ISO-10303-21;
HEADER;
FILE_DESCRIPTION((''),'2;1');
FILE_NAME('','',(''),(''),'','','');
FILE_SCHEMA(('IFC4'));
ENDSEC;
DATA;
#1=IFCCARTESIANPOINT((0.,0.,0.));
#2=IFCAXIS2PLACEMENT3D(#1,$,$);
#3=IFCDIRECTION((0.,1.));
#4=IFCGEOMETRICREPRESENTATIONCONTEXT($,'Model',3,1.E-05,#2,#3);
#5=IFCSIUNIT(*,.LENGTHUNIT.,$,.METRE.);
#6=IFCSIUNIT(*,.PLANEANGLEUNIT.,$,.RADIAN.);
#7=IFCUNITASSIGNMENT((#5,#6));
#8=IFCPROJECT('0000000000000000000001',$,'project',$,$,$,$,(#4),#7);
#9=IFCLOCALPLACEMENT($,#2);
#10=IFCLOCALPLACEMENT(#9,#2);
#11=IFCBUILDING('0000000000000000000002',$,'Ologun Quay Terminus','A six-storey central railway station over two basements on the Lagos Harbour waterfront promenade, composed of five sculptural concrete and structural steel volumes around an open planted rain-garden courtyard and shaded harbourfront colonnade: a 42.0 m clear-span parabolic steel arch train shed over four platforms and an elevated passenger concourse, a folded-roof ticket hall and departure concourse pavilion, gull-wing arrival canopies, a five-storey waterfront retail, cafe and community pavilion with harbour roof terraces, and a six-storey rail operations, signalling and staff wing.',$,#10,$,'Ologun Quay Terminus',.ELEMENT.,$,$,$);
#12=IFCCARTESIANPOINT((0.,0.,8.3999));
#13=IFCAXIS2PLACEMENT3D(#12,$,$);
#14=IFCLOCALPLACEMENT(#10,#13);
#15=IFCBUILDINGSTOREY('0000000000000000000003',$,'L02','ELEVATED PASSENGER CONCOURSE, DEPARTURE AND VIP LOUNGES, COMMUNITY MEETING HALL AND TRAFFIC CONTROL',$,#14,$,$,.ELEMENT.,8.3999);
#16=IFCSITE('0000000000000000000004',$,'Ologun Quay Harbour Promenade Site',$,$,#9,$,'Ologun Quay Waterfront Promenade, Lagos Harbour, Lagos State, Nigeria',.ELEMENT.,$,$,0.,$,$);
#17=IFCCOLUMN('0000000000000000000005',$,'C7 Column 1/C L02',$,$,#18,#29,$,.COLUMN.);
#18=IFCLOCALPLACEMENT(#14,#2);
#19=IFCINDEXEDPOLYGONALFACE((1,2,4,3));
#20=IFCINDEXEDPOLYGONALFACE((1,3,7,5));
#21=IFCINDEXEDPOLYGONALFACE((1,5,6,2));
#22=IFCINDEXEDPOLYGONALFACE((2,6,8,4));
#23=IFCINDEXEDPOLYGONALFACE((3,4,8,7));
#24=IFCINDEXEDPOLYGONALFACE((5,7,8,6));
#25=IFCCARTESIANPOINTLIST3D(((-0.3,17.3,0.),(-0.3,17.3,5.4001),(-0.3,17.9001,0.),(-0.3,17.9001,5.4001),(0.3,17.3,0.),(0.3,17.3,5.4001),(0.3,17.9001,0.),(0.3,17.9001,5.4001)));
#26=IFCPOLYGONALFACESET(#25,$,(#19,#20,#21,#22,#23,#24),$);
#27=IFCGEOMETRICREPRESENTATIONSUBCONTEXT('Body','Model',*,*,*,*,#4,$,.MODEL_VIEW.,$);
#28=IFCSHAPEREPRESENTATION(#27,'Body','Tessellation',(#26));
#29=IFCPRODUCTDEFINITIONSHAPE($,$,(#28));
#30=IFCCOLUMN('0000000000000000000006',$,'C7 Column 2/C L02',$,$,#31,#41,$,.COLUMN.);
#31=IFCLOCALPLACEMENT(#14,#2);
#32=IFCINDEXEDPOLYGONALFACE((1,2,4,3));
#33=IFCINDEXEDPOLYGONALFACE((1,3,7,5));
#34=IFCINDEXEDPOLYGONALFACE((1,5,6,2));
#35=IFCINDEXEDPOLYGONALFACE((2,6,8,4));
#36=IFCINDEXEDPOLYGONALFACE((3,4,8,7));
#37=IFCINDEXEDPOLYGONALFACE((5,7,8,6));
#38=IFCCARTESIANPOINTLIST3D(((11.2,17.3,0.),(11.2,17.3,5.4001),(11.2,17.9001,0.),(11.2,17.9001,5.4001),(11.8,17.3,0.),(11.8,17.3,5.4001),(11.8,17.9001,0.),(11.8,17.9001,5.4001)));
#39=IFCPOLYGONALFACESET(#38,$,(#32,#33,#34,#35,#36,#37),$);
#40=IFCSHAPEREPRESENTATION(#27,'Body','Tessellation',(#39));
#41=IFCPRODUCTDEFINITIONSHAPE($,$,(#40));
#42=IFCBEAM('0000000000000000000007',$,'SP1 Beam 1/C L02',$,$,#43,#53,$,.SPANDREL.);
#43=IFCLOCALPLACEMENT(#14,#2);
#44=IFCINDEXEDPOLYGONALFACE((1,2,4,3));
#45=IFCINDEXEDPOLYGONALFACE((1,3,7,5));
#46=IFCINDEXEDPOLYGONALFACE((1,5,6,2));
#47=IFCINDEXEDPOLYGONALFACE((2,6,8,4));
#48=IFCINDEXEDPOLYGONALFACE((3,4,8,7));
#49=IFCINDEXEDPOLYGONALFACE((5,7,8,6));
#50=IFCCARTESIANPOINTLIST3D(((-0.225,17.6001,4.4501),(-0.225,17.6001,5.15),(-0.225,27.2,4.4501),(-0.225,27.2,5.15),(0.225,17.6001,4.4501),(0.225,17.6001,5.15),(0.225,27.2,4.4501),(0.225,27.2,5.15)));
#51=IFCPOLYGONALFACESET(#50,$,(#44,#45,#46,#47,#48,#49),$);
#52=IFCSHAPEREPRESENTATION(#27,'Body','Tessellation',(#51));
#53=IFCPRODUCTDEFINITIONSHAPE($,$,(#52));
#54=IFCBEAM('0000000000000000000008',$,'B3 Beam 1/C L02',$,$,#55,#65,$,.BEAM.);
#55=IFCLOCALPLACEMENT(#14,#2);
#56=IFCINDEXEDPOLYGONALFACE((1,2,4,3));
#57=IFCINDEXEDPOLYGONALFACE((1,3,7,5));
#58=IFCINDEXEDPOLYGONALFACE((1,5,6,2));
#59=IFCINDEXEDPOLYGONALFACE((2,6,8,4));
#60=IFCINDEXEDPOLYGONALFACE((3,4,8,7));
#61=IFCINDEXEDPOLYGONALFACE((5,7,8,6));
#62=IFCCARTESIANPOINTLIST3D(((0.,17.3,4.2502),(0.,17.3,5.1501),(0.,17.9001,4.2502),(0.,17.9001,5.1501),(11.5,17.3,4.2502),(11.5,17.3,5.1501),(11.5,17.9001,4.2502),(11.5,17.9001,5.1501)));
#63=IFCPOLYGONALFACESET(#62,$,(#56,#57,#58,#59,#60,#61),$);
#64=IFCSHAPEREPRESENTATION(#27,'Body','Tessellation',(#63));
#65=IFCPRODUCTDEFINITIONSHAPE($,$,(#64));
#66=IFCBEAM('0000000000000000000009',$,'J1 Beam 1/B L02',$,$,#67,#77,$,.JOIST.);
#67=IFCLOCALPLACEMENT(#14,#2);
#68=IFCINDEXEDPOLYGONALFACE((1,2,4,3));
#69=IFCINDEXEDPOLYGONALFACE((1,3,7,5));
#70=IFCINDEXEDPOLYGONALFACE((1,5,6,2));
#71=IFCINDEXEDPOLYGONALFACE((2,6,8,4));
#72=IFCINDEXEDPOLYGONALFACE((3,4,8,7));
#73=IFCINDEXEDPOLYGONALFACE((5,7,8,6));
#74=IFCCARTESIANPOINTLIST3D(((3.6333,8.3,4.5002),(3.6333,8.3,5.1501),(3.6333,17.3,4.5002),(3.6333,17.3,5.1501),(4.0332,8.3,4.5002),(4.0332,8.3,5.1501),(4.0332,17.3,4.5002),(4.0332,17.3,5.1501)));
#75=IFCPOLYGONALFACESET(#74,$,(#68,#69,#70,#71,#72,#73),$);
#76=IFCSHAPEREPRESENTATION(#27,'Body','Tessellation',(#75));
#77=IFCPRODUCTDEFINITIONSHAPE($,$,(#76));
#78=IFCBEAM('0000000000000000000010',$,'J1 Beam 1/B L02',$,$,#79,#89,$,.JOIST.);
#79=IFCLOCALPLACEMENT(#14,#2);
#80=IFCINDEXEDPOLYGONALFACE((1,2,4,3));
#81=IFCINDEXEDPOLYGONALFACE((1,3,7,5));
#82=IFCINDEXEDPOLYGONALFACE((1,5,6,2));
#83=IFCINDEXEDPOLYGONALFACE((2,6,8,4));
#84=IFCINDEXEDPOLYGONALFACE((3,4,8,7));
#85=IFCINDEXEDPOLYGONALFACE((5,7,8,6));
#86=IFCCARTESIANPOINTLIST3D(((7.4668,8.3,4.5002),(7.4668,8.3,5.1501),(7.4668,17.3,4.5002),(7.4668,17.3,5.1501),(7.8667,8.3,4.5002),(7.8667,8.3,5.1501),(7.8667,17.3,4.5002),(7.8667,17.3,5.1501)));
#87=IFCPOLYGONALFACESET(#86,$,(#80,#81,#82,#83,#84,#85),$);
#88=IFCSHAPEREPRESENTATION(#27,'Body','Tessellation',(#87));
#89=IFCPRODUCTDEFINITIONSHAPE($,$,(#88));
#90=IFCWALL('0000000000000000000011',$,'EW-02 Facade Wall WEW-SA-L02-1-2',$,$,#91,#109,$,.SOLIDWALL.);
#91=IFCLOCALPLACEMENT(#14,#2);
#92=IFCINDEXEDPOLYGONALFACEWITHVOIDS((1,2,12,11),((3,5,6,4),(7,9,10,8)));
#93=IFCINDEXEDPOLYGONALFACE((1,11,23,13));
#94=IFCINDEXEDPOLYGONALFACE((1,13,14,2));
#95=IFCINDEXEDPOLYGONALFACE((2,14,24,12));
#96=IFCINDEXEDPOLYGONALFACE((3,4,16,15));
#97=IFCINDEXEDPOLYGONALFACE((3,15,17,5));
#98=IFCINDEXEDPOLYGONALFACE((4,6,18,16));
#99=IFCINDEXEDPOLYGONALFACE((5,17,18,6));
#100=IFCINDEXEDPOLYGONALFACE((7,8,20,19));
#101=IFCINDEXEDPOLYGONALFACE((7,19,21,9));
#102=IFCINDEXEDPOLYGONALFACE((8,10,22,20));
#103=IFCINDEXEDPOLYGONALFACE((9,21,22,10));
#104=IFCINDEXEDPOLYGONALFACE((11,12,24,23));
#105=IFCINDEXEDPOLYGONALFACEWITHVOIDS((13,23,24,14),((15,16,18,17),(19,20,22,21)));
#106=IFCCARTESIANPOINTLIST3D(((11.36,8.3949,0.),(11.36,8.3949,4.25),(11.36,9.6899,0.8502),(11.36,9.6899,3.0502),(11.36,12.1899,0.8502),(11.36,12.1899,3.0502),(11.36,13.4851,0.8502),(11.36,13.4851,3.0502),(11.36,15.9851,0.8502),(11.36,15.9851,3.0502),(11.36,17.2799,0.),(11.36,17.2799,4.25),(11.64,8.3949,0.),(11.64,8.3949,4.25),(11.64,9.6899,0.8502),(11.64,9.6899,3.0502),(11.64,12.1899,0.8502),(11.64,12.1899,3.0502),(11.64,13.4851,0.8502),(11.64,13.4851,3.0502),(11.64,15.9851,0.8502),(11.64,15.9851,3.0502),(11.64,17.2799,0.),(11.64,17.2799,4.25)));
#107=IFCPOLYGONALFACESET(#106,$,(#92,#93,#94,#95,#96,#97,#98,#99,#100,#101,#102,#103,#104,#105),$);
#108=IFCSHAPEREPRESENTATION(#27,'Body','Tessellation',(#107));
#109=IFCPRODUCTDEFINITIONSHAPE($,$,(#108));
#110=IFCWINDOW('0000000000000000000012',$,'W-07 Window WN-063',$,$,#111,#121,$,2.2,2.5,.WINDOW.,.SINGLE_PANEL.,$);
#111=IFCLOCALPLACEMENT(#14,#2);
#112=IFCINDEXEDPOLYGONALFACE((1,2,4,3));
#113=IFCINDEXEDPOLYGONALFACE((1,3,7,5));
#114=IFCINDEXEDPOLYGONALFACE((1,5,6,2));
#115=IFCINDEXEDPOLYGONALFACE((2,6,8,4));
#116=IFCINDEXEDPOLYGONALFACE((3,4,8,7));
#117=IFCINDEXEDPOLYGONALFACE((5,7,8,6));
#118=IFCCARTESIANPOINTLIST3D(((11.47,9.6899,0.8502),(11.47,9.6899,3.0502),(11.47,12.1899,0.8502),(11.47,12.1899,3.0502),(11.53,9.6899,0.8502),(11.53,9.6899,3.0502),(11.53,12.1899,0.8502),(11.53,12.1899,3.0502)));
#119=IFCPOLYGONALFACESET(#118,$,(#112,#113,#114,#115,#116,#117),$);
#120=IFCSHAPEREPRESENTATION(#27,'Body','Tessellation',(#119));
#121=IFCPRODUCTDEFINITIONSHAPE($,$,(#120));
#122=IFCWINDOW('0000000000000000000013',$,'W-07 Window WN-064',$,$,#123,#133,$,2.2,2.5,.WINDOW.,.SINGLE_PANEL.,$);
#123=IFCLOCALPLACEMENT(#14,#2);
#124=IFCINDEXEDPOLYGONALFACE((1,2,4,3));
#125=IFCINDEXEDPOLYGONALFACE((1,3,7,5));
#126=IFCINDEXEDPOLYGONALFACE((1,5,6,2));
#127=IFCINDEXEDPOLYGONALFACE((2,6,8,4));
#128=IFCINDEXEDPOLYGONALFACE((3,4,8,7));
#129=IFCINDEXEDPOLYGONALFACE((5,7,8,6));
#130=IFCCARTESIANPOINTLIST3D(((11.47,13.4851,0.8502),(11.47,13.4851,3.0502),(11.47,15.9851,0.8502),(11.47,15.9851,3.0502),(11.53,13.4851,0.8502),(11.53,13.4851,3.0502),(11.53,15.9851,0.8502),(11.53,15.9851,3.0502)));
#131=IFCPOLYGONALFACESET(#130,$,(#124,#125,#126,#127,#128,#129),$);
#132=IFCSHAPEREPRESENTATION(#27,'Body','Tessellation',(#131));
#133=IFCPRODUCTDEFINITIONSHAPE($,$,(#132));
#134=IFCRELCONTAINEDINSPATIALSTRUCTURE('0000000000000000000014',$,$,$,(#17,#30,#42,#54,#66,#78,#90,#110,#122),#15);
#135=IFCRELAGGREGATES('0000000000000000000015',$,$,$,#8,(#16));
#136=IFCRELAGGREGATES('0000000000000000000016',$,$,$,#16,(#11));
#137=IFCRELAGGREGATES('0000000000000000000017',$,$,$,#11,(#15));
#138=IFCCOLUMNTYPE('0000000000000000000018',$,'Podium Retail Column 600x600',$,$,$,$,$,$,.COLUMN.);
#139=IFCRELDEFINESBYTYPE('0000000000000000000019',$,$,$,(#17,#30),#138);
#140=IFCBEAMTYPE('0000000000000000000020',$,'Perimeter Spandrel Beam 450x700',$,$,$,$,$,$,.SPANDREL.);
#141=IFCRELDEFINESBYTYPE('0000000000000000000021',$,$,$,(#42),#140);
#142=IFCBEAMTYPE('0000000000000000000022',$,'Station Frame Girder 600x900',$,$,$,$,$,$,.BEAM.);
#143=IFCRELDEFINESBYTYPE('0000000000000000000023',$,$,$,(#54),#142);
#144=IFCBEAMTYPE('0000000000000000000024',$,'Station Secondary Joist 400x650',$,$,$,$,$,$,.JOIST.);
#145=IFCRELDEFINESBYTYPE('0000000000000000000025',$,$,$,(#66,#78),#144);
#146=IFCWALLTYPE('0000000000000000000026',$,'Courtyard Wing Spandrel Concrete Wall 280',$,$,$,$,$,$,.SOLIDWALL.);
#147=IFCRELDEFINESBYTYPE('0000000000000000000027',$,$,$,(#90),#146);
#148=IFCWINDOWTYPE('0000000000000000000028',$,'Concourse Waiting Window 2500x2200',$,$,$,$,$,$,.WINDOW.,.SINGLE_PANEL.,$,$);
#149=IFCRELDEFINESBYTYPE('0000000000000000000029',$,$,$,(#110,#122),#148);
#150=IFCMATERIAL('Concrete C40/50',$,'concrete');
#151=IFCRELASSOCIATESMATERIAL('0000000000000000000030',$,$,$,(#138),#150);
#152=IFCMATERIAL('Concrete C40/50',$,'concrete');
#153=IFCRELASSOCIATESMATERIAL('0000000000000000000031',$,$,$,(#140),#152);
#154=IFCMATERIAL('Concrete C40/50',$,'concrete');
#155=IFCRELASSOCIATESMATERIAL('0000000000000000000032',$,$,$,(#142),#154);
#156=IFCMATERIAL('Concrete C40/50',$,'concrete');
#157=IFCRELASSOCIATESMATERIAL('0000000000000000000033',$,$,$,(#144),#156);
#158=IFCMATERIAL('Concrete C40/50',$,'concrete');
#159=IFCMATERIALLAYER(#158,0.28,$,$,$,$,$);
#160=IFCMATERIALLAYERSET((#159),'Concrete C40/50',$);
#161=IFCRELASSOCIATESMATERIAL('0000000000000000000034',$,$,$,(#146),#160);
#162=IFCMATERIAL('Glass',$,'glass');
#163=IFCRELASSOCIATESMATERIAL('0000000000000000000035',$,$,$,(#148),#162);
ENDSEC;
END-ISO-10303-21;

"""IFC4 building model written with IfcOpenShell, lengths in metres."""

from ifc_helpers import new_model, si_unit, direction, frame, frame_2d, origin, origin_2d, place, context, subcontext, project, spatial, rectangle, extrude, material, layer, layer_set, material_profile, profile_set, type_object, element, fill, save


model = new_model("IFC4")

# Units and contexts
model_context = context("Model", 3, precision=1e-05, world=origin(), true_north=direction((0.0, 1.0)))
body_context = subcontext(model_context, "Body", "Model", "MODEL_VIEW")
ifc_project = project(units=[si_unit("LENGTHUNIT", "METRE"), si_unit("PLANEANGLEUNIT", "RADIAN")], contexts=[model_context])

# Site, building, storey
site_placement = place(None, origin())
site = spatial("IfcSite", under=ifc_project, at=site_placement, Name="Ologun Quay Harbour Promenade Site", LongName="Ologun Quay Waterfront Promenade, Lagos Harbour, Lagos State, Nigeria", CompositionType="ELEMENT", RefElevation=0.0)
building_placement = place(site_placement, origin())
building = spatial("IfcBuilding", under=site, at=building_placement, Name="Ologun Quay Terminus", Description="A six-storey central railway station over two basements on the Lagos Harbour waterfront promenade, composed of five sculptural concrete and structural steel volumes around an open planted rain-garden courtyard and shaded harbourfront colonnade: a 42.0 m clear-span parabolic steel arch train shed over four platforms and an elevated passenger concourse, a folded-roof ticket hall and departure concourse pavilion, gull-wing arrival canopies, a five-storey waterfront retail, cafe and community pavilion with harbour roof terraces, and a six-storey rail operations, signalling and staff wing.", LongName="Ologun Quay Terminus", CompositionType="ELEMENT")
storey_placement = place(building_placement, frame((0.0, 0.0, 8.3999)))
storey = spatial("IfcBuildingStorey", under=building, at=storey_placement, Name="L02", Description="ELEVATED PASSENGER CONCOURSE, DEPARTURE AND VIP LOUNGES, COMMUNITY MEETING HALL AND TRAFFIC CONTROL", CompositionType="ELEMENT", Elevation=8.3999)

# Columns
ifc_material_1 = material(Name="Concrete C40/50", Category="concrete")
ifc_material_profile_1 = material_profile(ifc_material_1, rectangle(XDim=0.6001, YDim=0.6001, at=origin_2d()), Name="RC 600x600")
ifc_profile_set_1 = profile_set([ifc_material_profile_1], Name="Concrete C40/50")
column_type = type_object("IfcColumnType", Name="Podium Retail Column 600x600", PredefinedType="COLUMN", material=ifc_profile_set_1)
for number, where, z_axis, x_axis, name in (
    (1, (0.0, 17.6001, 0.0), (0.0, 0.0, 1.0), (1.0, 0.0, 0.0), "C7 Column 1/C L02"),
    (2, (11.5, 17.6001, 0.0), (0.0, 0.0, 1.0), (1.0, 0.0, 0.0), "C7 Column 2/C L02"),
):
    element("IfcColumn", number, at=place(storey_placement, frame(where, z_axis=z_axis, x_axis=x_axis)), inside=storey, type_object=column_type, Name=name, PredefinedType="COLUMN", context=body_context, shape_type="SweptSolid", body=[
        extrude(rectangle(XDim=0.6001, YDim=0.6001, at=origin_2d()), origin(), (0.0, 0.0, 1.0), 5.4001),
    ])

# Beams
ifc_material_2 = material(Name="Concrete C40/50", Category="concrete")
ifc_material_profile_2 = material_profile(ifc_material_2, rectangle(XDim=0.45, YDim=0.7, at=origin_2d()), Name="RC 450x700")
ifc_profile_set_2 = profile_set([ifc_material_profile_2], Name="Concrete C40/50")
beam_type_1 = type_object("IfcBeamType", Name="Perimeter Spandrel Beam 450x700", PredefinedType="SPANDREL", material=ifc_profile_set_2)
beam_1_placement = place(storey_placement, frame((0.0, 17.6001, 4.8), z_axis=(0.0, 1.0, 0.0), x_axis=(-1.0, 0.0, 0.0)))
element("IfcBeam", 3, at=beam_1_placement, inside=storey, type_object=beam_type_1, Name="SP1 Beam 1/C L02", PredefinedType="SPANDREL", context=body_context, shape_type="SweptSolid", body=[
    extrude(rectangle(XDim=0.45, YDim=0.7, at=origin_2d()), origin(), (0.0, 0.0, 1.0), 9.5999),
])
ifc_material_3 = material(Name="Concrete C40/50", Category="concrete")
ifc_material_profile_3 = material_profile(ifc_material_3, rectangle(XDim=0.6001, YDim=0.8999, at=origin_2d()), Name="RC 600x900")
ifc_profile_set_3 = profile_set([ifc_material_profile_3], Name="Concrete C40/50")
beam_type_2 = type_object("IfcBeamType", Name="Station Frame Girder 600x900", PredefinedType="BEAM", material=ifc_profile_set_3)
beam_2_placement = place(storey_placement, frame((0.0, 17.6001, 4.7002), z_axis=(1.0, 0.0, 0.0), x_axis=(0.0, 1.0, 0.0)))
element("IfcBeam", 4, at=beam_2_placement, inside=storey, type_object=beam_type_2, Name="B3 Beam 1/C L02", PredefinedType="BEAM", context=body_context, shape_type="SweptSolid", body=[
    extrude(rectangle(XDim=0.6001, YDim=0.8999, at=origin_2d()), origin(), (0.0, 0.0, 1.0), 11.5),
])
ifc_material_4 = material(Name="Concrete C40/50", Category="concrete")
ifc_material_profile_4 = material_profile(ifc_material_4, rectangle(XDim=0.3999, YDim=0.6499, at=origin_2d()), Name="RC 400x650")
ifc_profile_set_4 = profile_set([ifc_material_profile_4], Name="Concrete C40/50")
beam_type_3 = type_object("IfcBeamType", Name="Station Secondary Joist 400x650", PredefinedType="JOIST", material=ifc_profile_set_4)
for number, where, z_axis, x_axis, name in (
    (5, (3.8333, 8.3, 4.8252), (0.0, 1.0, 0.0), (-1.0, 0.0, 0.0), "J1 Beam 1/B L02"),
    (6, (7.6667, 8.3, 4.8252), (0.0, 1.0, 0.0), (-1.0, 0.0, 0.0), "J1 Beam 1/B L02"),
):
    element("IfcBeam", number, at=place(storey_placement, frame(where, z_axis=z_axis, x_axis=x_axis)), inside=storey, type_object=beam_type_3, Name=name, PredefinedType="JOIST", context=body_context, shape_type="SweptSolid", body=[
        extrude(rectangle(XDim=0.3999, YDim=0.6499, at=origin_2d()), origin(), (0.0, 0.0, 1.0), 9.0),
    ])

# Wall, openings, windows
ifc_material_5 = material(Name="Concrete C40/50", Category="concrete")
ifc_layer_1 = layer(ifc_material_5, 0.28)
ifc_layer_set_1 = layer_set([ifc_layer_1], Name="Concrete C40/50")
wall_type_1 = type_object("IfcWallType", Name="Courtyard Wing Spandrel Concrete Wall 280", PredefinedType="SOLIDWALL", material=ifc_layer_set_1)
wall_1_placement = place(storey_placement, frame((11.5, 8.395, 0.0), z_axis=(0.0, 0.0, 1.0), x_axis=(0.0, 1.0, 0.0)))
wall_1 = element("IfcWall", 7, at=wall_1_placement, inside=storey, type_object=wall_type_1, Name="EW-02 Facade Wall WEW-SA-L02-1-2", PredefinedType="SOLIDWALL", context=body_context, shape_type="SweptSolid", body=[
    extrude(rectangle(XDim=8.885, YDim=0.28, at=frame_2d((4.4424, 0.0))), origin(), (0.0, 0.0, 1.0), 4.25),
])
opening_1_placement = place(wall_1_placement, frame((1.2949, 0.0, 0.8501)))
opening_1 = element("IfcOpeningElement", 8, at=opening_1_placement, cuts=wall_1, PredefinedType="OPENING", context=body_context, shape_type="SweptSolid", body=[
    extrude(rectangle(XDim=2.5, YDim=2.2, at=frame_2d((1.25, 1.1001))), frame((0.0, 0.1499, 0.0), z_axis=(0.0, -1.0, 0.0), x_axis=(1.0, 0.0, 0.0)), (0.0, 0.0, 1.0), 0.3),
])
opening_2_placement = place(wall_1_placement, frame((5.0901, 0.0, 0.8501)))
opening_2 = element("IfcOpeningElement", 9, at=opening_2_placement, cuts=wall_1, PredefinedType="OPENING", context=body_context, shape_type="SweptSolid", body=[
    extrude(rectangle(XDim=2.5, YDim=2.2, at=frame_2d((1.25, 1.1001))), frame((0.0, 0.1499, 0.0), z_axis=(0.0, -1.0, 0.0), x_axis=(1.0, 0.0, 0.0)), (0.0, 0.0, 1.0), 0.3),
])
ifc_material_6 = material(Name="Glass", Category="glass")
window_type_1 = type_object("IfcWindowType", Name="Concourse Waiting Window 2500x2200", PartitioningType="SINGLE_PANEL", PredefinedType="WINDOW", material=ifc_material_6)
window_1_placement = place(opening_1_placement, origin())
window_1 = element("IfcWindow", 10, at=window_1_placement, inside=storey, type_object=window_type_1, Name="W-07 Window WN-063", OverallHeight=2.2, OverallWidth=2.5, PartitioningType="SINGLE_PANEL", PredefinedType="WINDOW", context=body_context, shape_type="SweptSolid", body=[
    extrude(rectangle(XDim=2.5, YDim=2.2, at=frame_2d((1.25, 1.1001))), frame((0.0, 0.03, 0.0), z_axis=(0.0, -1.0, 0.0), x_axis=(1.0, 0.0, 0.0)), (0.0, 0.0, 1.0), 0.0601),
])
fill(opening_1, window_1)
window_2_placement = place(opening_2_placement, origin())
window_2 = element("IfcWindow", 11, at=window_2_placement, inside=storey, type_object=window_type_1, Name="W-07 Window WN-064", OverallHeight=2.2, OverallWidth=2.5, PartitioningType="SINGLE_PANEL", PredefinedType="WINDOW", context=body_context, shape_type="SweptSolid", body=[
    extrude(rectangle(XDim=2.5, YDim=2.2, at=frame_2d((1.25, 1.1001))), frame((0.0, 0.03, 0.0), z_axis=(0.0, -1.0, 0.0), x_axis=(1.0, 0.0, 0.0)), (0.0, 0.0, 1.0), 0.0601),
])
fill(opening_2, window_2)

save(model, "model.ifc")
